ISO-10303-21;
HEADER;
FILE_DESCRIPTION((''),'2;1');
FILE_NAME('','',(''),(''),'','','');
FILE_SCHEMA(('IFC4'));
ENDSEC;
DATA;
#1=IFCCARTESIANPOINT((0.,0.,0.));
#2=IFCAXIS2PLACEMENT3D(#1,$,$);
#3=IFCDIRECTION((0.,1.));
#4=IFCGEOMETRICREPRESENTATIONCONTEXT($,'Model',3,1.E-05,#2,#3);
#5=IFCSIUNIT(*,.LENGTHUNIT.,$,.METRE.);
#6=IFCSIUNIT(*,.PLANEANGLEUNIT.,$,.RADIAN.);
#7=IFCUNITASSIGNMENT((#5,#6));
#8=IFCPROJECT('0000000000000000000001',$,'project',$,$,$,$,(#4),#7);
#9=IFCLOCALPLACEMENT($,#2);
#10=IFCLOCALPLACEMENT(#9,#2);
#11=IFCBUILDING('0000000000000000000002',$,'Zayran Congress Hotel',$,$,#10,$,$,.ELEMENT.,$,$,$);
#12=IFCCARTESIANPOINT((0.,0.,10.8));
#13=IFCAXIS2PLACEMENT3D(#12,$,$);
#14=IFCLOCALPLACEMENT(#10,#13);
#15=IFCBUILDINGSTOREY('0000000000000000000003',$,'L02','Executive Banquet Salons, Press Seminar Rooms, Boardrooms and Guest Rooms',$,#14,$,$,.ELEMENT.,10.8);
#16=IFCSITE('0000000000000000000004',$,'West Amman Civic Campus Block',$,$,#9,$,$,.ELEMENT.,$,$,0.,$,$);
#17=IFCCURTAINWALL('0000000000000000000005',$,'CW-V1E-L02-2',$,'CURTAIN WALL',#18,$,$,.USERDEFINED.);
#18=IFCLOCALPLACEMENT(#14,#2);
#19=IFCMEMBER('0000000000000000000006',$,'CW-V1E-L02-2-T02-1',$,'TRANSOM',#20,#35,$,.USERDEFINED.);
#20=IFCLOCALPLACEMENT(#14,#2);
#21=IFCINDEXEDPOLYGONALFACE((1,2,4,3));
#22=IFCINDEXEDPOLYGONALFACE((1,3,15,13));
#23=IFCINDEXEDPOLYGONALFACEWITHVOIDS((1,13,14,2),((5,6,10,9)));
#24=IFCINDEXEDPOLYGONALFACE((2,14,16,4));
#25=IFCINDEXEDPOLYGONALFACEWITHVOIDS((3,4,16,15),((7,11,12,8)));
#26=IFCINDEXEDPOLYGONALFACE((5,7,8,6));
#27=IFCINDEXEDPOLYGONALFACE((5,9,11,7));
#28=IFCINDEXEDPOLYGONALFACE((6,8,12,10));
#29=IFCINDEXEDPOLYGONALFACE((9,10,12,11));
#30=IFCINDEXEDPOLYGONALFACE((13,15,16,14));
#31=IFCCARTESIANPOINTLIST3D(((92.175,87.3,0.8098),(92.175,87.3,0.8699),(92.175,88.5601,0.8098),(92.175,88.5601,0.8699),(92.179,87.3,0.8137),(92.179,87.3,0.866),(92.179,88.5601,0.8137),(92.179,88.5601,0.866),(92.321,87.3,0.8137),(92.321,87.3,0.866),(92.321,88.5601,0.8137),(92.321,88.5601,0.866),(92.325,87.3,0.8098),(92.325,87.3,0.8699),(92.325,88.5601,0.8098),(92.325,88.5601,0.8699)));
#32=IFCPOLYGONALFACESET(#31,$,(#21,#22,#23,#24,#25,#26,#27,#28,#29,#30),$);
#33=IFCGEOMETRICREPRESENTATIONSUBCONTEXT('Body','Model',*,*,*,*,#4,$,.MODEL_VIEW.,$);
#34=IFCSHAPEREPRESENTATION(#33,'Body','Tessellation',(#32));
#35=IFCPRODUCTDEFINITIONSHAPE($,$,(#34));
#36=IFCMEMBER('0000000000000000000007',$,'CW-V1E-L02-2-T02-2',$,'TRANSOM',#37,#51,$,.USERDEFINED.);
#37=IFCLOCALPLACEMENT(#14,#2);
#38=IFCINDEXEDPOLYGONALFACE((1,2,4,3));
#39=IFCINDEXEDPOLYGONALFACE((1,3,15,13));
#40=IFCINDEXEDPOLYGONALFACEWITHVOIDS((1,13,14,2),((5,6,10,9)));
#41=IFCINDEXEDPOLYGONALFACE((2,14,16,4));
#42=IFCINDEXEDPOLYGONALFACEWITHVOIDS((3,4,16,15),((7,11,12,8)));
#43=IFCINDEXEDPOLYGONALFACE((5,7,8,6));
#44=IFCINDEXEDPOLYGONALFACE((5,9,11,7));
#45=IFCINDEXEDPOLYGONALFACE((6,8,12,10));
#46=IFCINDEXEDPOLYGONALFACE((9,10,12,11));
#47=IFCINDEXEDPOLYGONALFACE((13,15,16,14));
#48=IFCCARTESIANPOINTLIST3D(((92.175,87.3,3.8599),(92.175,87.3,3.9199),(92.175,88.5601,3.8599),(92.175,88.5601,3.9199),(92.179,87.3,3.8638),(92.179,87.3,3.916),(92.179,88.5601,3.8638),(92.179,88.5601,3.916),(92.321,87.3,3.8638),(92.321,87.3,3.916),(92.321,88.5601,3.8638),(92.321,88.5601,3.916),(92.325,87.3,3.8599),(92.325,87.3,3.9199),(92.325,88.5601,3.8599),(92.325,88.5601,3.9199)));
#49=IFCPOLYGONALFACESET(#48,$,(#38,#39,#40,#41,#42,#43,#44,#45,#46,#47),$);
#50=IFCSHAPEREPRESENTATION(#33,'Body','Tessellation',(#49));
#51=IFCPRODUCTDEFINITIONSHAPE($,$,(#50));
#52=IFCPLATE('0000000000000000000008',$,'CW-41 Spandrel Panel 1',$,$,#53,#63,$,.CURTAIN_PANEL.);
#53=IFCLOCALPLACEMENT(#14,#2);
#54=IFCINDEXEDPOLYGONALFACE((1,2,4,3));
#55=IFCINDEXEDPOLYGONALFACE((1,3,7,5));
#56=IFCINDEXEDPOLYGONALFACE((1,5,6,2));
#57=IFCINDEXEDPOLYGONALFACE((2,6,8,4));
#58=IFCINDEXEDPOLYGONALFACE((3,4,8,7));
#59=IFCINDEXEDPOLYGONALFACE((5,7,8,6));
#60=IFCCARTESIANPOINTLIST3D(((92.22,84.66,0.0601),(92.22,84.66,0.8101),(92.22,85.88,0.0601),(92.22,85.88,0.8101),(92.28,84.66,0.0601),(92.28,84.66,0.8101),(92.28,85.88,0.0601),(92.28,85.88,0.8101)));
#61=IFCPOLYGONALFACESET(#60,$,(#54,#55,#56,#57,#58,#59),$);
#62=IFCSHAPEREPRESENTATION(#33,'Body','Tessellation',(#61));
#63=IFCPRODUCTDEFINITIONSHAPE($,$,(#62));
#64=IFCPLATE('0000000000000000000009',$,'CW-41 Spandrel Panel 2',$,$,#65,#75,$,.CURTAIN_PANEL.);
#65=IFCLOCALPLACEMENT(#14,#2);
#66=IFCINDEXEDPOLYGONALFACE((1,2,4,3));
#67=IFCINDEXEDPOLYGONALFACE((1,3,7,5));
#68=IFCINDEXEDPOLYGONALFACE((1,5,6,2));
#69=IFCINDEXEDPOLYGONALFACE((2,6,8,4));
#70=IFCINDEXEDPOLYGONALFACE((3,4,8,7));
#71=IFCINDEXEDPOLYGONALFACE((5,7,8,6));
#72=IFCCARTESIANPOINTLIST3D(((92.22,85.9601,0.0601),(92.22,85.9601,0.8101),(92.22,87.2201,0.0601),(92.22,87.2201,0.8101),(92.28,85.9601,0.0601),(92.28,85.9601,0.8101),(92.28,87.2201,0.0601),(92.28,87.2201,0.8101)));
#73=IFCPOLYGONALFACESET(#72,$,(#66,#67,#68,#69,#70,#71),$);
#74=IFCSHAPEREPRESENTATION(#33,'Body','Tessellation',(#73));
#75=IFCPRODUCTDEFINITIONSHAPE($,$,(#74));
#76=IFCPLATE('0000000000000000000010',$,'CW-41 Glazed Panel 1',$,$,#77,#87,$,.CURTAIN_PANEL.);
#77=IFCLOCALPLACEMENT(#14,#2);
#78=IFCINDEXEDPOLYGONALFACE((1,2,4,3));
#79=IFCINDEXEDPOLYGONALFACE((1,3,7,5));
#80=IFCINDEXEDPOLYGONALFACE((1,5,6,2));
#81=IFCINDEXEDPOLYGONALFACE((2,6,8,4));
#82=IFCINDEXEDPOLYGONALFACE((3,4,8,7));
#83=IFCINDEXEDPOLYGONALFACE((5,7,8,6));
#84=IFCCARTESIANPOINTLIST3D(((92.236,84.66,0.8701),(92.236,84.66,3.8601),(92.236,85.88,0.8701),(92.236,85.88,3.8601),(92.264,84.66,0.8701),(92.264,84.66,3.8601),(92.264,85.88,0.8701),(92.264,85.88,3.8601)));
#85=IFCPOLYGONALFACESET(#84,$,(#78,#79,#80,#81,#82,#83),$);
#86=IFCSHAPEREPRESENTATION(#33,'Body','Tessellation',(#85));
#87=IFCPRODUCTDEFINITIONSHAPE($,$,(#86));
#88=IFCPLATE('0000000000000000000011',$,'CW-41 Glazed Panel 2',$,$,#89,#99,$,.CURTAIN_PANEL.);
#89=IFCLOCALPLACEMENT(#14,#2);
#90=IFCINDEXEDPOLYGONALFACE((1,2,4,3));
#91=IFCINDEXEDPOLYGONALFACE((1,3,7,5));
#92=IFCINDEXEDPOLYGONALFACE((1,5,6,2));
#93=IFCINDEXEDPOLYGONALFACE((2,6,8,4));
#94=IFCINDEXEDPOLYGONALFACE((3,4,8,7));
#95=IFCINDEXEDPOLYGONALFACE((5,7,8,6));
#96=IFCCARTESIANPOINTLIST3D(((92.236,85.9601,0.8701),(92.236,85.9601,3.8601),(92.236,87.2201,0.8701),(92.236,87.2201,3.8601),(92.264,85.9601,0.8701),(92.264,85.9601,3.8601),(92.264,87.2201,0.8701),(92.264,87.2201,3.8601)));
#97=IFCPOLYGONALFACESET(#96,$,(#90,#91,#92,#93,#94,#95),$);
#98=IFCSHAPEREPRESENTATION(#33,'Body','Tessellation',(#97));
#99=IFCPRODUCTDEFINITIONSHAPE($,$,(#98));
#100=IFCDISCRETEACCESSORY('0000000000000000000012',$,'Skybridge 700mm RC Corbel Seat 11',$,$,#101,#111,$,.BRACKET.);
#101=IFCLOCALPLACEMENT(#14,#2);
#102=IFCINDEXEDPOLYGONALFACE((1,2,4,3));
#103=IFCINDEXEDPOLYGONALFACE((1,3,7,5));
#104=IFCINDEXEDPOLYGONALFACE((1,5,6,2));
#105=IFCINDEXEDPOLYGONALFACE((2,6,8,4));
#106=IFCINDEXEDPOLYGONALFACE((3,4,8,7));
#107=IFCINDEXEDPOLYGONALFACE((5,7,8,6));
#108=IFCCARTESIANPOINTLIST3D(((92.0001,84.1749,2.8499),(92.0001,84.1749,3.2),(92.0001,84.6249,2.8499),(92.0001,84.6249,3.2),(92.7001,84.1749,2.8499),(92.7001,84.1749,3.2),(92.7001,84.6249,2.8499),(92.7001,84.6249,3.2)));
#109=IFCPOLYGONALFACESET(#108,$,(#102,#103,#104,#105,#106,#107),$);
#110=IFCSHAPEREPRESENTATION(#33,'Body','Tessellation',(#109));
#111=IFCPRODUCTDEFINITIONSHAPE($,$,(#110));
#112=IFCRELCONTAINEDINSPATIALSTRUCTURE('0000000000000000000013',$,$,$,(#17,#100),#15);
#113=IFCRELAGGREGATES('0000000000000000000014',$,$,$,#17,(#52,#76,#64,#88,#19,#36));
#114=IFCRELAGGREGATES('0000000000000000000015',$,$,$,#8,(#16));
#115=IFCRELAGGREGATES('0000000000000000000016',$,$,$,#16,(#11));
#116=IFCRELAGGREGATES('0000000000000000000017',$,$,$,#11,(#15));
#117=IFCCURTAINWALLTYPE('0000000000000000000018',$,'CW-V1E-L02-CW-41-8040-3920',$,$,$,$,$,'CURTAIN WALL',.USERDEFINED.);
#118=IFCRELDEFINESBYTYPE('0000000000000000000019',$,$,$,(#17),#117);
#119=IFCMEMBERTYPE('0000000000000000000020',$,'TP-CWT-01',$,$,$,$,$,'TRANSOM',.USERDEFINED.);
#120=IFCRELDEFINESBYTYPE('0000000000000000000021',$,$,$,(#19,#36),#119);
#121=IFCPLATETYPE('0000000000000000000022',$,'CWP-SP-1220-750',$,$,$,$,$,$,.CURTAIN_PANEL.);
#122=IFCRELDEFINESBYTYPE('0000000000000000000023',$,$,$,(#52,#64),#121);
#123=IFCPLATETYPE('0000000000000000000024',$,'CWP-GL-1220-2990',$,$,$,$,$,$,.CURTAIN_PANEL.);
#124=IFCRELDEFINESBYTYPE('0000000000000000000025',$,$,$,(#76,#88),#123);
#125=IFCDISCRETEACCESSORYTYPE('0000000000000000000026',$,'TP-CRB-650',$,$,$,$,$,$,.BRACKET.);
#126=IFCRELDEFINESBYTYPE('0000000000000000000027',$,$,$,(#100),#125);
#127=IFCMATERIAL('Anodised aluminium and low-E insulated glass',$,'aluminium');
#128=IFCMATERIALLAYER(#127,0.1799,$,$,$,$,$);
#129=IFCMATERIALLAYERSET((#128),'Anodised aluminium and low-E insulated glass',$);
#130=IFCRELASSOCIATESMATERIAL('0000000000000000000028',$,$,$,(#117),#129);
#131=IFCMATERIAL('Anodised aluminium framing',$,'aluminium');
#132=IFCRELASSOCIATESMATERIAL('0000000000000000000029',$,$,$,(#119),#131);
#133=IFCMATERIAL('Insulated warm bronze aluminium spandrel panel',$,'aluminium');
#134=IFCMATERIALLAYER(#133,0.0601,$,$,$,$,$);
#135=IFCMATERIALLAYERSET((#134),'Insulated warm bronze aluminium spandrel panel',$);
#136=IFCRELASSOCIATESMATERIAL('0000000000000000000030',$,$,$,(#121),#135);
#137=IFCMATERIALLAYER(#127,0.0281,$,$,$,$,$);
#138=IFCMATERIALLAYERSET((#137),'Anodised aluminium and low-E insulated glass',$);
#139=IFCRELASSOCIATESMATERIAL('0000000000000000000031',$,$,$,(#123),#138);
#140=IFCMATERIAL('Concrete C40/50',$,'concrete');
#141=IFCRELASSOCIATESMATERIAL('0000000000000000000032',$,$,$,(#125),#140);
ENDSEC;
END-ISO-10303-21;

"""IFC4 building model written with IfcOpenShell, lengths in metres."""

from ifc_helpers import new_model, si_unit, direction, frame, origin, origin_2d, place, context, subcontext, project, spatial, rectangle, hollow_rectangle, extrude, material, layer, layer_set, material_profile, profile_set, type_object, element, aggregate, save


model = new_model("IFC4")

# Units and contexts
model_context = context("Model", 3, precision=1e-05, world=origin(), true_north=direction((0.0, 1.0)))
body_context = subcontext(model_context, "Body", "Model", "MODEL_VIEW")
ifc_project = project(units=[si_unit("LENGTHUNIT", "METRE"), si_unit("PLANEANGLEUNIT", "RADIAN")], contexts=[model_context])

# Site, building, storey
site_placement = place(None, origin())
site = spatial("IfcSite", under=ifc_project, at=site_placement, Name="West Amman Civic Campus Block", CompositionType="ELEMENT", RefElevation=0.0)
building_placement = place(site_placement, origin())
building = spatial("IfcBuilding", under=site, at=building_placement, Name="Zayran Congress Hotel", CompositionType="ELEMENT")
storey_placement = place(building_placement, frame((0.0, 0.0, 10.8)))
storey = spatial("IfcBuildingStorey", under=building, at=storey_placement, Name="L02", Description="Executive Banquet Salons, Press Seminar Rooms, Boardrooms and Guest Rooms", CompositionType="ELEMENT", Elevation=10.8)

# Curtain wall, members, plates
ifc_material_1 = material(Name="Anodised aluminium and low-E insulated glass", Category="aluminium")
ifc_layer_1 = layer(ifc_material_1, 0.1799)
ifc_layer_set_1 = layer_set([ifc_layer_1], Name="Anodised aluminium and low-E insulated glass")
curtain_wall_type = type_object("IfcCurtainWallType", Name="CW-V1E-L02-CW-41-8040-3920", ElementType="CURTAIN WALL", PredefinedType="USERDEFINED", material=ifc_layer_set_1)
curtain_wall_placement = place(storey_placement, origin())
curtain_wall = element("IfcCurtainWall", 1, at=curtain_wall_placement, inside=storey, type_object=curtain_wall_type, Name="CW-V1E-L02-2", ObjectType="CURTAIN WALL", PredefinedType="USERDEFINED")
ifc_material_2 = material(Name="Anodised aluminium framing", Category="aluminium")
ifc_material_profile_1 = material_profile(ifc_material_2, hollow_rectangle(XDim=0.0601, YDim=0.1499, WallThickness=0.0039, at=origin_2d()), Name="RHS 150x60x4")
ifc_profile_set_1 = profile_set([ifc_material_profile_1], Name="Anodised aluminium framing")
member_type_1 = type_object("IfcMemberType", Name="TP-CWT-01", ElementType="TRANSOM", PredefinedType="USERDEFINED", material=ifc_profile_set_1)
member_1_placement = place(storey_placement, frame((92.25, 87.3, 0.8398), z_axis=(0.0, 1.0, 0.0), x_axis=(0.0, 0.0, 1.0)))
member_1 = element("IfcMember", 2, at=member_1_placement, type_object=member_type_1, Name="CW-V1E-L02-2-T02-1", ObjectType="TRANSOM", PredefinedType="USERDEFINED", context=body_context, shape_type="SweptSolid", body=[
    extrude(hollow_rectangle(XDim=0.0601, YDim=0.1499, WallThickness=0.0039, at=origin_2d()), origin(), (0.0, 0.0, 1.0), 1.26),
])
member_2_placement = place(storey_placement, frame((92.25, 87.3, 3.8899), z_axis=(0.0, 1.0, 0.0), x_axis=(0.0, 0.0, 1.0)))
member_2 = element("IfcMember", 3, at=member_2_placement, type_object=member_type_1, Name="CW-V1E-L02-2-T02-2", ObjectType="TRANSOM", PredefinedType="USERDEFINED", context=body_context, shape_type="SweptSolid", body=[
    extrude(hollow_rectangle(XDim=0.0601, YDim=0.1499, WallThickness=0.0039, at=origin_2d()), origin(), (0.0, 0.0, 1.0), 1.26),
])
ifc_material_3 = material(Name="Insulated warm bronze aluminium spandrel panel", Category="aluminium")
ifc_layer_2 = layer(ifc_material_3, 0.0601)
ifc_layer_set_2 = layer_set([ifc_layer_2], Name="Insulated warm bronze aluminium spandrel panel")
plate_type_1 = type_object("IfcPlateType", Name="CWP-SP-1220-750", PredefinedType="CURTAIN_PANEL", material=ifc_layer_set_2)
plate_1_placement = place(storey_placement, frame((92.25, 85.27, 0.0601), z_axis=(0.0, 0.0, 1.0), x_axis=(0.0, 1.0, 0.0)))
plate_1 = element("IfcPlate", 4, at=plate_1_placement, type_object=plate_type_1, Name="CW-41 Spandrel Panel 1", PredefinedType="CURTAIN_PANEL", context=body_context, shape_type="SweptSolid", body=[
    extrude(rectangle(XDim=1.22, YDim=0.0601, at=origin_2d()), origin(), (0.0, 0.0, 1.0), 0.75),
])
plate_2_placement = place(storey_placement, frame((92.25, 86.5901, 0.0601), z_axis=(0.0, 0.0, 1.0), x_axis=(0.0, 1.0, 0.0)))
plate_2 = element("IfcPlate", 5, at=plate_2_placement, type_object=plate_type_1, Name="CW-41 Spandrel Panel 2", PredefinedType="CURTAIN_PANEL", context=body_context, shape_type="SweptSolid", body=[
    extrude(rectangle(XDim=1.26, YDim=0.0601, at=origin_2d()), origin(), (0.0, 0.0, 1.0), 0.75),
])
ifc_layer_3 = layer(ifc_material_1, 0.0281)
ifc_layer_set_3 = layer_set([ifc_layer_3], Name="Anodised aluminium and low-E insulated glass")
plate_type_2 = type_object("IfcPlateType", Name="CWP-GL-1220-2990", PredefinedType="CURTAIN_PANEL", material=ifc_layer_set_3)
plate_3_placement = place(storey_placement, frame((92.25, 85.27, 0.8701), z_axis=(0.0, 0.0, 1.0), x_axis=(0.0, 1.0, 0.0)))
plate_3 = element("IfcPlate", 6, at=plate_3_placement, type_object=plate_type_2, Name="CW-41 Glazed Panel 1", PredefinedType="CURTAIN_PANEL", context=body_context, shape_type="SweptSolid", body=[
    extrude(rectangle(XDim=1.22, YDim=0.0281, at=origin_2d()), origin(), (0.0, 0.0, 1.0), 2.99),
])
plate_4_placement = place(storey_placement, frame((92.25, 86.5901, 0.8701), z_axis=(0.0, 0.0, 1.0), x_axis=(0.0, 1.0, 0.0)))
plate_4 = element("IfcPlate", 7, at=plate_4_placement, type_object=plate_type_2, Name="CW-41 Glazed Panel 2", PredefinedType="CURTAIN_PANEL", context=body_context, shape_type="SweptSolid", body=[
    extrude(rectangle(XDim=1.26, YDim=0.0281, at=origin_2d()), origin(), (0.0, 0.0, 1.0), 2.99),
])
aggregate(curtain_wall, [plate_1, plate_3, plate_2, plate_4, member_1, member_2])

# Discrete accessory
ifc_material_4 = material(Name="Concrete C40/50", Category="concrete")
discrete_accessory_type = type_object("IfcDiscreteAccessoryType", Name="TP-CRB-650", PredefinedType="BRACKET", material=ifc_material_4)
discrete_accessory_placement = place(storey_placement, frame((92.3501, 84.3999, 2.8499), z_axis=(0.0, 0.0, 1.0), x_axis=(1.0, 0.0, 0.0)))
element("IfcDiscreteAccessory", 8, at=discrete_accessory_placement, inside=storey, type_object=discrete_accessory_type, Name="Skybridge 700mm RC Corbel Seat 11", PredefinedType="BRACKET", context=body_context, shape_type="SweptSolid", body=[
    extrude(rectangle(XDim=0.7, YDim=0.45, at=origin_2d()), origin(), (0.0, 0.0, 1.0), 0.3501),
])

save(model, "model.ifc")
